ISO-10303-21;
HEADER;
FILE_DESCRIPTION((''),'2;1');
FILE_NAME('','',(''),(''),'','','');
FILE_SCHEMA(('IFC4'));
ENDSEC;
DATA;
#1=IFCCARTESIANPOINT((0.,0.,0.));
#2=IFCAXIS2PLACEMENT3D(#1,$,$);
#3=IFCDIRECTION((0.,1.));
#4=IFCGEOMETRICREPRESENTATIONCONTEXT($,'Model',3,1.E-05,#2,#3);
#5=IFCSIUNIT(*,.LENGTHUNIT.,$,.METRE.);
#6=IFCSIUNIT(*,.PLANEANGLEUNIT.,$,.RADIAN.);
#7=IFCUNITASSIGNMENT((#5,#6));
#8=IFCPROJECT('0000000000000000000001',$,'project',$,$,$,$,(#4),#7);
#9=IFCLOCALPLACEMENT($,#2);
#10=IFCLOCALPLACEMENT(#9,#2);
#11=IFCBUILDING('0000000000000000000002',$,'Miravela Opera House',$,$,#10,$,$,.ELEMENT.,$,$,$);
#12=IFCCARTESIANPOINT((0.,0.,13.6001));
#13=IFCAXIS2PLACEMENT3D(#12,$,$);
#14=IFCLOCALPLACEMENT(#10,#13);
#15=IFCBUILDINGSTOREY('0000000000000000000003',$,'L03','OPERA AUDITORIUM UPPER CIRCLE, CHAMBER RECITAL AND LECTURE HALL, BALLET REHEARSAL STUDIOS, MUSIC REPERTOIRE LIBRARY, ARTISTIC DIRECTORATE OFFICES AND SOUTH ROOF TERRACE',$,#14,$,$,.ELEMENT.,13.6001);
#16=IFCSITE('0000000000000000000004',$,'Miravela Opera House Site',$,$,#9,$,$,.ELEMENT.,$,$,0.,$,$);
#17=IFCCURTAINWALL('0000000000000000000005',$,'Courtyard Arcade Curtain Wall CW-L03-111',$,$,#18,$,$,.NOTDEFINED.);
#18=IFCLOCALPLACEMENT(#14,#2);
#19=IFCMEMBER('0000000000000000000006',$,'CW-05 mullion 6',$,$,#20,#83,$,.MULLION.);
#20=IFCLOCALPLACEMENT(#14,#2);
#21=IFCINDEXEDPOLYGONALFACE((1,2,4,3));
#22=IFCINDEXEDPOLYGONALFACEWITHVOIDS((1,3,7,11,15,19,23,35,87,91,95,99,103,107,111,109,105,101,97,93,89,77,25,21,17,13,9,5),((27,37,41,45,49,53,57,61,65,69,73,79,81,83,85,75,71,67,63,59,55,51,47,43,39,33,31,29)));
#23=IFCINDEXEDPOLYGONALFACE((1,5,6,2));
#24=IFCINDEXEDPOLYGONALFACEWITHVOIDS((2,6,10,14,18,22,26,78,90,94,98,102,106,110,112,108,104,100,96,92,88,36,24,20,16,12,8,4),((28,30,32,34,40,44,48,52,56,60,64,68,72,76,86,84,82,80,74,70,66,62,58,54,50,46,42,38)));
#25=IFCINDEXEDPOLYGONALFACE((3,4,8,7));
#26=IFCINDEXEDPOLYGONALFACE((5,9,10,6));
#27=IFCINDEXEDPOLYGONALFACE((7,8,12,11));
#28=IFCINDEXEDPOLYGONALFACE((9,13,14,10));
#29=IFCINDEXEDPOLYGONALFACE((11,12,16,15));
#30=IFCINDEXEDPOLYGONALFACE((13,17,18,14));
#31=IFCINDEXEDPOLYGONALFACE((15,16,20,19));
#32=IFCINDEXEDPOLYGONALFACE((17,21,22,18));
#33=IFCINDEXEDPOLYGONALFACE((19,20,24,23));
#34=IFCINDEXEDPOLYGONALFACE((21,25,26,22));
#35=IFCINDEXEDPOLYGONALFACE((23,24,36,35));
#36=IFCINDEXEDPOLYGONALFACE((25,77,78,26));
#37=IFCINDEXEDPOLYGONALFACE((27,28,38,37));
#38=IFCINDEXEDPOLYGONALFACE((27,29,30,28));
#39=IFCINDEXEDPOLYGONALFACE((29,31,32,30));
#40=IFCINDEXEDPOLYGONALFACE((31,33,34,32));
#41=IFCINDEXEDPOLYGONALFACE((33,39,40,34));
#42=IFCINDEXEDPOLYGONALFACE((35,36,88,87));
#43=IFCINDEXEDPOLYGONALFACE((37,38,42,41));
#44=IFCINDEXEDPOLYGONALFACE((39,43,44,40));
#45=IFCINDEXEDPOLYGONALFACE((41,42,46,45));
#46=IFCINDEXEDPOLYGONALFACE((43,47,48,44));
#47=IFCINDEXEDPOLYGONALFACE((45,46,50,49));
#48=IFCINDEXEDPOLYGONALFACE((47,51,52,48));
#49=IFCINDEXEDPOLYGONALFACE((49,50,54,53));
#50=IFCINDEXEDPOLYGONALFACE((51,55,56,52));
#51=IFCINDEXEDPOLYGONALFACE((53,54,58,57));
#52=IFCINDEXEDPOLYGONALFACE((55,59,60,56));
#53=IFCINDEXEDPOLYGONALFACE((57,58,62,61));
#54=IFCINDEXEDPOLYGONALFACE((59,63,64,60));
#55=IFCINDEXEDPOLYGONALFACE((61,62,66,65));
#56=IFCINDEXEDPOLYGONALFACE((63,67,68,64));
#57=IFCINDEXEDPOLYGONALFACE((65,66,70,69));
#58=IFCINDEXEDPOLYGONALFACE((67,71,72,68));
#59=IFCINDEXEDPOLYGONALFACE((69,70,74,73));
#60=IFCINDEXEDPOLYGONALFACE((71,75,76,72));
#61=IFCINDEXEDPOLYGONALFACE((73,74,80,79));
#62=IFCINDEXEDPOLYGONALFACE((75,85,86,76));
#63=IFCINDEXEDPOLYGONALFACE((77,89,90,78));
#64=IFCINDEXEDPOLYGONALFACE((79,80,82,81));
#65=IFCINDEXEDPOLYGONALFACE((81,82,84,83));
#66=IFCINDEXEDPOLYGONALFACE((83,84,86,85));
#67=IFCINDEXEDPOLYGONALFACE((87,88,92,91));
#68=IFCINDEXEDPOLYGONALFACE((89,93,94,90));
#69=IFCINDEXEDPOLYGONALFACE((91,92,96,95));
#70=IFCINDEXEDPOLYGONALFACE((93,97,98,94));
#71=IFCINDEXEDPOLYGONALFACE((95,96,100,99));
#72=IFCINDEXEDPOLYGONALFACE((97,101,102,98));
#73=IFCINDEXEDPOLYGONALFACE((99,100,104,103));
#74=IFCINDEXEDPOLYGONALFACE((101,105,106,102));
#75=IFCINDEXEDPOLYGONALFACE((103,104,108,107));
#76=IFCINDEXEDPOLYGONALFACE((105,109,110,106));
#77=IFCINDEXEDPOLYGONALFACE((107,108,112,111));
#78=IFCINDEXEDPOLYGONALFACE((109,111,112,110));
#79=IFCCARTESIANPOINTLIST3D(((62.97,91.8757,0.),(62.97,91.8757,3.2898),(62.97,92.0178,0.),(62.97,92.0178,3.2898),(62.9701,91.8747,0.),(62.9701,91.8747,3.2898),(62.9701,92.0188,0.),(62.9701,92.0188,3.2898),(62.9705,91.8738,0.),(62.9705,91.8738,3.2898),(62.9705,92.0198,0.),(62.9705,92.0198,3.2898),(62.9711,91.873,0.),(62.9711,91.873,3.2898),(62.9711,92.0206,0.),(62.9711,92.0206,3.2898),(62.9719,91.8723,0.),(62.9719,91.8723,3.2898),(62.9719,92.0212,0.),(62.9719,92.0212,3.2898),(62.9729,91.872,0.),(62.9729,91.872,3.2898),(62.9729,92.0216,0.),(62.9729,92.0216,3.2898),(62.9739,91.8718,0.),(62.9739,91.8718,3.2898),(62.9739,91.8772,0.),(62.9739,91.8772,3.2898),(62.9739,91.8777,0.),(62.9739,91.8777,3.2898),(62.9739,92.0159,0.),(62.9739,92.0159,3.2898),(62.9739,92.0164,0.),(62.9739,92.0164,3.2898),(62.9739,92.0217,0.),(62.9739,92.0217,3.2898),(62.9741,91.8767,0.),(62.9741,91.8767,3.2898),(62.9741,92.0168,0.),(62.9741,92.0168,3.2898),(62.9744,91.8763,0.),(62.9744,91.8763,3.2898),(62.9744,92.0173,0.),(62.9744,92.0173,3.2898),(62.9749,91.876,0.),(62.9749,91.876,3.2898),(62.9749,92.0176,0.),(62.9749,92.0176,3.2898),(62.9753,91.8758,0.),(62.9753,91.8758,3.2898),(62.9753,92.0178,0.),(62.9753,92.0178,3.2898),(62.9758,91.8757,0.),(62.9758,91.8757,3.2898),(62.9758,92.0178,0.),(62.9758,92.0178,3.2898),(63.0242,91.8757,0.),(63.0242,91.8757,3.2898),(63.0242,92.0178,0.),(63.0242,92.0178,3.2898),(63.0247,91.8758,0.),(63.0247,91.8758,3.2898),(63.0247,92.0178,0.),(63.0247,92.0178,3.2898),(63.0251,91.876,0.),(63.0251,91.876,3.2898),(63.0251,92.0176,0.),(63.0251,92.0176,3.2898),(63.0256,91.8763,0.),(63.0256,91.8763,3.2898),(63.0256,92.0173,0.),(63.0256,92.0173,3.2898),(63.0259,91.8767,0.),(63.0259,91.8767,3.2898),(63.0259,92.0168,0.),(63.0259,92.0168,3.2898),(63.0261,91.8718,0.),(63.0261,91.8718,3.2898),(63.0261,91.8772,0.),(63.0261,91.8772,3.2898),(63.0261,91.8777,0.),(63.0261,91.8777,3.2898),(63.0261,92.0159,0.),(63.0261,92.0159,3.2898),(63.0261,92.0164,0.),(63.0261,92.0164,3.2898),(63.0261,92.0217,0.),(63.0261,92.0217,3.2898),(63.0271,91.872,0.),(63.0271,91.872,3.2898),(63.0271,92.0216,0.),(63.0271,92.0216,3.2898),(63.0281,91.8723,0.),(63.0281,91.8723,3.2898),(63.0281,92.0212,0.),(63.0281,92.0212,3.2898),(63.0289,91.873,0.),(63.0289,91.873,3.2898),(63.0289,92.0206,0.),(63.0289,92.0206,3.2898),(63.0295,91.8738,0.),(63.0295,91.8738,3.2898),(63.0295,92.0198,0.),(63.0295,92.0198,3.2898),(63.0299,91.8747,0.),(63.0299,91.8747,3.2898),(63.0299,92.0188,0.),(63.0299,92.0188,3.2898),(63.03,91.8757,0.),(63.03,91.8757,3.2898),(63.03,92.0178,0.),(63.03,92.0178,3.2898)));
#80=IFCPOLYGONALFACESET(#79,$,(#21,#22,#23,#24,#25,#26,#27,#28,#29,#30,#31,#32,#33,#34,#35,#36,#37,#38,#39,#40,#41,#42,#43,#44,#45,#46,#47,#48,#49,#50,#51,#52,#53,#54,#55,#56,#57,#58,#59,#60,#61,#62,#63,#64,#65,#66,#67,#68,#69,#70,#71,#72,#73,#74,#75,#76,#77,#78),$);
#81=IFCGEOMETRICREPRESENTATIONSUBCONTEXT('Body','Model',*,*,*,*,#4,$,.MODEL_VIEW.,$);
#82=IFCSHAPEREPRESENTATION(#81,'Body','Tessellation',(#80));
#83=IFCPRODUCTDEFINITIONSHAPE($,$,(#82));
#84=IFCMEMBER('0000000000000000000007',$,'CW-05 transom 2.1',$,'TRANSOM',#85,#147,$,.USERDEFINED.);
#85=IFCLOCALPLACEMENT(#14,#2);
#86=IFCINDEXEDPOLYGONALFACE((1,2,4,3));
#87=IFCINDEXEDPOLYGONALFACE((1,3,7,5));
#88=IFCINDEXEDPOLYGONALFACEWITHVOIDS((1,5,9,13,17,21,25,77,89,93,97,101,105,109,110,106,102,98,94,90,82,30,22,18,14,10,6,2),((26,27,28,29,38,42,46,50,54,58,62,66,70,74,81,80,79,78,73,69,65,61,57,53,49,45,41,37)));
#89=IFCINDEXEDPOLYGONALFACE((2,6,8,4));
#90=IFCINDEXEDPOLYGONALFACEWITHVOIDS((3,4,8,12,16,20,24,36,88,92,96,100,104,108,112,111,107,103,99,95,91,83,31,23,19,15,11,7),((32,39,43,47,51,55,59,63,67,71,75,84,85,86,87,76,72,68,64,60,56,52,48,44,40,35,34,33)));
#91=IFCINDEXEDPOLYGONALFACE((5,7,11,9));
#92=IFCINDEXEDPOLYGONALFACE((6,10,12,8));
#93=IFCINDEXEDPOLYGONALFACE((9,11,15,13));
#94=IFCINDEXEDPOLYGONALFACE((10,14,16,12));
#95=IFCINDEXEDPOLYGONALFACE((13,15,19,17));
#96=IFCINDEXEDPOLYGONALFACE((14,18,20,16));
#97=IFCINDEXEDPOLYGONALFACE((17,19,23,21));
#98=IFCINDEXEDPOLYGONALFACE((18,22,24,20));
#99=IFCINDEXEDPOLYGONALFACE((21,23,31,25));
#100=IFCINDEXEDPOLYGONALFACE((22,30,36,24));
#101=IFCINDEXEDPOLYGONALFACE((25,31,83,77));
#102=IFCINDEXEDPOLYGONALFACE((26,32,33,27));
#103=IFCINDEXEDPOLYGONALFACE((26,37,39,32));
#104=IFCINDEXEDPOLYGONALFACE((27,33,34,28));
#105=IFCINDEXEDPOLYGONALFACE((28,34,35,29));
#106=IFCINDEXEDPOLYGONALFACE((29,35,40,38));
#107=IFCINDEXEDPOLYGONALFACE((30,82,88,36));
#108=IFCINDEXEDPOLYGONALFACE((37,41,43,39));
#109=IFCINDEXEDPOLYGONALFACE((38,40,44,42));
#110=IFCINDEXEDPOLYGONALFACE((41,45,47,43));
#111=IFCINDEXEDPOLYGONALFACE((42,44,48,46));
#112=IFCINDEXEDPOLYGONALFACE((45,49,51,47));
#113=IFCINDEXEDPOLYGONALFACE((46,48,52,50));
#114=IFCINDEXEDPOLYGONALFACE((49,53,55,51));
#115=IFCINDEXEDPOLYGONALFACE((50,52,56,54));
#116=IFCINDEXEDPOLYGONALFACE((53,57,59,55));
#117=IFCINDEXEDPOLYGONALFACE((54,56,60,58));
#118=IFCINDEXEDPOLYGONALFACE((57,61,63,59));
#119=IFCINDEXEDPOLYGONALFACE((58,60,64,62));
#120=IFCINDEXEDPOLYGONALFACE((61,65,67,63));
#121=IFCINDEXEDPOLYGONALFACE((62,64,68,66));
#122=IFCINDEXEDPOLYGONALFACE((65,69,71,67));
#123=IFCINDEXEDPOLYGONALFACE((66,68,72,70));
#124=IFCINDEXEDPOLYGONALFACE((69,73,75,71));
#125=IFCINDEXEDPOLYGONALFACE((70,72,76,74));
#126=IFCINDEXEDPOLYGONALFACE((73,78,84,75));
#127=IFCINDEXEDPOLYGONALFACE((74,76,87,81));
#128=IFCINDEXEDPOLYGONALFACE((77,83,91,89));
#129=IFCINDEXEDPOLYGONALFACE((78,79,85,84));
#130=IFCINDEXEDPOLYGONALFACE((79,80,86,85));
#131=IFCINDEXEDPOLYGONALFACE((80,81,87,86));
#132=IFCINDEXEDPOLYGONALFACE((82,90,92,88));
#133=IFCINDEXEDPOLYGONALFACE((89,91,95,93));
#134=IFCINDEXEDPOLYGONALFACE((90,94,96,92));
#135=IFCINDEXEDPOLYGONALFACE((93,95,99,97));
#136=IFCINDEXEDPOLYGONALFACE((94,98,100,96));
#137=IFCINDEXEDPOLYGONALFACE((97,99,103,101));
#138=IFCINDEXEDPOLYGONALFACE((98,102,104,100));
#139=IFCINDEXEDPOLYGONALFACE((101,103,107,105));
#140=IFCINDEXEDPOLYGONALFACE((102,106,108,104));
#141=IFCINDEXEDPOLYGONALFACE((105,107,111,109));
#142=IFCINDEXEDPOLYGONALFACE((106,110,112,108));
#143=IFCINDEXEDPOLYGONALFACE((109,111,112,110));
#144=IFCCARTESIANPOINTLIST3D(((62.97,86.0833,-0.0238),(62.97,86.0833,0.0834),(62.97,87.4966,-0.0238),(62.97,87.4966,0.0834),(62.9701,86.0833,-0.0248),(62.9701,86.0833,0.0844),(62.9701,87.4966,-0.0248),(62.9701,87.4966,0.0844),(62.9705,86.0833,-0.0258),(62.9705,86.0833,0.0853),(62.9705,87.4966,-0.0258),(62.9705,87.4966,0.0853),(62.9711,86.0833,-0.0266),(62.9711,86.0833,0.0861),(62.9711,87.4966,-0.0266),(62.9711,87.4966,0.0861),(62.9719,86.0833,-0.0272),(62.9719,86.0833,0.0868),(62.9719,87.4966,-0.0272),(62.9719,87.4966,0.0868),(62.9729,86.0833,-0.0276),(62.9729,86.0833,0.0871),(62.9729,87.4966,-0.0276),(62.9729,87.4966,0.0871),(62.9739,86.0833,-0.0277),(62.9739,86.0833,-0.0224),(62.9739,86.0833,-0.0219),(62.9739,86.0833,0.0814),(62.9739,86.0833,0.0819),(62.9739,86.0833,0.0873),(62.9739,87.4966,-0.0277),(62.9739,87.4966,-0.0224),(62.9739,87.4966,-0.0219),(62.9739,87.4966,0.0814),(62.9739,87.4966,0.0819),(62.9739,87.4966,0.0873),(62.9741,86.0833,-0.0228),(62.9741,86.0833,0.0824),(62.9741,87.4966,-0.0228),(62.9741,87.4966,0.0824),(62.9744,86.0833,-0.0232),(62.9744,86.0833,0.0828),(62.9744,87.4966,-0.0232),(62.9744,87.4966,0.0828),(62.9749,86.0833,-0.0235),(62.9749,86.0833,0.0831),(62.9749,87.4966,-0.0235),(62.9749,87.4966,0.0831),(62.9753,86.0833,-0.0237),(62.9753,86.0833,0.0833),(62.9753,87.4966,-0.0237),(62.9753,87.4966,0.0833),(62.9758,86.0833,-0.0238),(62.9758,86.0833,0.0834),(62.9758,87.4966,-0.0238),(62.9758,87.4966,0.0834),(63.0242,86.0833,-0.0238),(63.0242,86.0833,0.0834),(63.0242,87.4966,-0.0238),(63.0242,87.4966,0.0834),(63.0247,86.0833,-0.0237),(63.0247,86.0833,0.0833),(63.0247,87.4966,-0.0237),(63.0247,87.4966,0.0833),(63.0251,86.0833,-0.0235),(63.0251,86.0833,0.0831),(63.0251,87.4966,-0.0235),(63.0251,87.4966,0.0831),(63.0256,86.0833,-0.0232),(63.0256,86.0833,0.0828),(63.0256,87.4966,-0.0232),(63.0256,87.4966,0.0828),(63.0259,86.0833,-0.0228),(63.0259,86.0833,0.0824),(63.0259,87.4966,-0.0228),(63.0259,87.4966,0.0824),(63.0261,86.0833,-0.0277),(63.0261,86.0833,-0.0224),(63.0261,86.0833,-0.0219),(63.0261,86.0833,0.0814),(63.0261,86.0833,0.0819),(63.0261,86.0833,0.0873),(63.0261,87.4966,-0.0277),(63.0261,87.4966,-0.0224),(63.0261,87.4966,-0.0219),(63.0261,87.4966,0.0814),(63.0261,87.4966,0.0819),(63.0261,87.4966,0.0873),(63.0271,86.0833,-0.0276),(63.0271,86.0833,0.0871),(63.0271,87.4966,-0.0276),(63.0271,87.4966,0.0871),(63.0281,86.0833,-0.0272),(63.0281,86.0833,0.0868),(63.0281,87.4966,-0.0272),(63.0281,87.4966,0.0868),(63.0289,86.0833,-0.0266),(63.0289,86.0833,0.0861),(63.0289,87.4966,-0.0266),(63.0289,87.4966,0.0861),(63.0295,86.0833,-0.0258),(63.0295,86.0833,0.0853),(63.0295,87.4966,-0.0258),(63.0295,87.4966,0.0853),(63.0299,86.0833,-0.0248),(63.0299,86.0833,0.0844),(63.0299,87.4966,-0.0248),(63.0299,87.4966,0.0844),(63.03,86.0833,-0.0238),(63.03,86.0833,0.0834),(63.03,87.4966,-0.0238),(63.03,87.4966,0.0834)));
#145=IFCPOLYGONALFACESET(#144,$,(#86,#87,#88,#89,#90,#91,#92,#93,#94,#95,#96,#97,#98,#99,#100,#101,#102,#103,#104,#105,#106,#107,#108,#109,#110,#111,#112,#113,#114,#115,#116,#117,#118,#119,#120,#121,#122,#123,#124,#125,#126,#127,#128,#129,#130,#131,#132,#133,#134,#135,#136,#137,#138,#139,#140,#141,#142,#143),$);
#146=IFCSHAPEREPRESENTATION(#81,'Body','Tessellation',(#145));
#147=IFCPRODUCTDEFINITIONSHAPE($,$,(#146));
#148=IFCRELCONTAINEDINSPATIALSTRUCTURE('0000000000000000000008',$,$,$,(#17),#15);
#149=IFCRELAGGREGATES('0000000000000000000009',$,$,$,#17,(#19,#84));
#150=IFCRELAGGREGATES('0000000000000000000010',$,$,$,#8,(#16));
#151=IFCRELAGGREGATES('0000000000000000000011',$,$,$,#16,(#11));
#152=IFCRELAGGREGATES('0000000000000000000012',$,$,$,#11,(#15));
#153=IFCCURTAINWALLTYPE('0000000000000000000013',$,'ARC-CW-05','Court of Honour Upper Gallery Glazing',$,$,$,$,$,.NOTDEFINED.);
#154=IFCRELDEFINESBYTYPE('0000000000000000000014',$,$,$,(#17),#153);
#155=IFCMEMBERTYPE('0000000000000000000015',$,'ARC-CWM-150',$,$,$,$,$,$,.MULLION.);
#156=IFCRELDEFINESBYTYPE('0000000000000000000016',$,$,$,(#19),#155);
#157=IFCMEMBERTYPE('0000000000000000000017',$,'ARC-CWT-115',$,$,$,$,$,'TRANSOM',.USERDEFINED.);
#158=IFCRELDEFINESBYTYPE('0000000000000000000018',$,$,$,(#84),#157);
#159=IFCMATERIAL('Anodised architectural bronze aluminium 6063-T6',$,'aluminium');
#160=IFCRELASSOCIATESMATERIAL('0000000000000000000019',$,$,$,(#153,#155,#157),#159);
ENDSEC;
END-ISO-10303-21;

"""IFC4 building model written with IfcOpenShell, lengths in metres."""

from ifc_helpers import new_model, si_unit, direction, frame, origin, origin_2d, place, context, subcontext, project, spatial, hollow_rectangle, extrude, material, material_profile, profile_set, type_object, element, aggregate, save


model = new_model("IFC4")

# Units and contexts
model_context = context("Model", 3, precision=1e-05, world=origin(), true_north=direction((0.0, 1.0)))
body_context = subcontext(model_context, "Body", "Model", "MODEL_VIEW")
ifc_project = project(units=[si_unit("LENGTHUNIT", "METRE"), si_unit("PLANEANGLEUNIT", "RADIAN")], contexts=[model_context])

# Site, building, storey
site_placement = place(None, origin())
site = spatial("IfcSite", under=ifc_project, at=site_placement, Name="Miravela Opera House Site", CompositionType="ELEMENT", RefElevation=0.0)
building_placement = place(site_placement, origin())
building = spatial("IfcBuilding", under=site, at=building_placement, Name="Miravela Opera House", CompositionType="ELEMENT")
storey_placement = place(building_placement, frame((0.0, 0.0, 13.6001)))
storey = spatial("IfcBuildingStorey", under=building, at=storey_placement, Name="L03", Description="OPERA AUDITORIUM UPPER CIRCLE, CHAMBER RECITAL AND LECTURE HALL, BALLET REHEARSAL STUDIOS, MUSIC REPERTOIRE LIBRARY, ARTISTIC DIRECTORATE OFFICES AND SOUTH ROOF TERRACE", CompositionType="ELEMENT", Elevation=13.6001)

# Curtain wall, members
ifc_material_1 = material(Name="Anodised architectural bronze aluminium 6063-T6", Category="aluminium")
curtain_wall_type = type_object("IfcCurtainWallType", Name="ARC-CW-05", Description="Court of Honour Upper Gallery Glazing", PredefinedType="NOTDEFINED", material=ifc_material_1)
curtain_wall_placement = place(storey_placement, origin())
curtain_wall = element("IfcCurtainWall", 1, at=curtain_wall_placement, inside=storey, type_object=curtain_wall_type, Name="Courtyard Arcade Curtain Wall CW-L03-111", PredefinedType="NOTDEFINED")
ifc_material_profile_1 = material_profile(ifc_material_1, hollow_rectangle(XDim=0.0601, YDim=0.1499, WallThickness=0.0039, InnerFilletRadius=0.002, OuterFilletRadius=0.0039, at=origin_2d()), Name="CWM-60X150")
ifc_profile_set_1 = profile_set([ifc_material_profile_1])
member_type_1 = type_object("IfcMemberType", Name="ARC-CWM-150", PredefinedType="MULLION", material=ifc_profile_set_1)
member_1_placement = place(storey_placement, frame((63.0, 91.9468, 0.0), z_axis=(0.0, 0.0, 1.0), x_axis=(-1.0, 0.0, 0.0)))
member_1 = element("IfcMember", 2, at=member_1_placement, type_object=member_type_1, Name="CW-05 mullion 6", PredefinedType="MULLION", context=body_context, shape_type="SweptSolid", body=[
    extrude(hollow_rectangle(XDim=0.0601, YDim=0.1499, WallThickness=0.0039, InnerFilletRadius=0.002, OuterFilletRadius=0.0039, at=origin_2d()), origin(), (0.0, 0.0, 1.0), 3.2898),
])
ifc_material_profile_2 = material_profile(ifc_material_1, hollow_rectangle(XDim=0.0601, YDim=0.115, WallThickness=0.0039, InnerFilletRadius=0.002, OuterFilletRadius=0.0039, at=origin_2d()), Name="CWT-60X115")
ifc_profile_set_2 = profile_set([ifc_material_profile_2])
member_type_2 = type_object("IfcMemberType", Name="ARC-CWT-115", ElementType="TRANSOM", PredefinedType="USERDEFINED", material=ifc_profile_set_2)
member_2_placement = place(storey_placement, frame((63.0, 86.0833, 0.0298), z_axis=(0.0, 1.0, 0.0), x_axis=(-1.0, 0.0, 0.0)))
member_2 = element("IfcMember", 3, at=member_2_placement, type_object=member_type_2, Name="CW-05 transom 2.1", ObjectType="TRANSOM", PredefinedType="USERDEFINED", context=body_context, shape_type="SweptSolid", body=[
    extrude(hollow_rectangle(XDim=0.0601, YDim=0.115, WallThickness=0.0039, InnerFilletRadius=0.002, OuterFilletRadius=0.0039, at=origin_2d()), origin(), (0.0, 0.0, 1.0), 1.4133),
])
aggregate(curtain_wall, [member_1, member_2])

save(model, "model.ifc")
